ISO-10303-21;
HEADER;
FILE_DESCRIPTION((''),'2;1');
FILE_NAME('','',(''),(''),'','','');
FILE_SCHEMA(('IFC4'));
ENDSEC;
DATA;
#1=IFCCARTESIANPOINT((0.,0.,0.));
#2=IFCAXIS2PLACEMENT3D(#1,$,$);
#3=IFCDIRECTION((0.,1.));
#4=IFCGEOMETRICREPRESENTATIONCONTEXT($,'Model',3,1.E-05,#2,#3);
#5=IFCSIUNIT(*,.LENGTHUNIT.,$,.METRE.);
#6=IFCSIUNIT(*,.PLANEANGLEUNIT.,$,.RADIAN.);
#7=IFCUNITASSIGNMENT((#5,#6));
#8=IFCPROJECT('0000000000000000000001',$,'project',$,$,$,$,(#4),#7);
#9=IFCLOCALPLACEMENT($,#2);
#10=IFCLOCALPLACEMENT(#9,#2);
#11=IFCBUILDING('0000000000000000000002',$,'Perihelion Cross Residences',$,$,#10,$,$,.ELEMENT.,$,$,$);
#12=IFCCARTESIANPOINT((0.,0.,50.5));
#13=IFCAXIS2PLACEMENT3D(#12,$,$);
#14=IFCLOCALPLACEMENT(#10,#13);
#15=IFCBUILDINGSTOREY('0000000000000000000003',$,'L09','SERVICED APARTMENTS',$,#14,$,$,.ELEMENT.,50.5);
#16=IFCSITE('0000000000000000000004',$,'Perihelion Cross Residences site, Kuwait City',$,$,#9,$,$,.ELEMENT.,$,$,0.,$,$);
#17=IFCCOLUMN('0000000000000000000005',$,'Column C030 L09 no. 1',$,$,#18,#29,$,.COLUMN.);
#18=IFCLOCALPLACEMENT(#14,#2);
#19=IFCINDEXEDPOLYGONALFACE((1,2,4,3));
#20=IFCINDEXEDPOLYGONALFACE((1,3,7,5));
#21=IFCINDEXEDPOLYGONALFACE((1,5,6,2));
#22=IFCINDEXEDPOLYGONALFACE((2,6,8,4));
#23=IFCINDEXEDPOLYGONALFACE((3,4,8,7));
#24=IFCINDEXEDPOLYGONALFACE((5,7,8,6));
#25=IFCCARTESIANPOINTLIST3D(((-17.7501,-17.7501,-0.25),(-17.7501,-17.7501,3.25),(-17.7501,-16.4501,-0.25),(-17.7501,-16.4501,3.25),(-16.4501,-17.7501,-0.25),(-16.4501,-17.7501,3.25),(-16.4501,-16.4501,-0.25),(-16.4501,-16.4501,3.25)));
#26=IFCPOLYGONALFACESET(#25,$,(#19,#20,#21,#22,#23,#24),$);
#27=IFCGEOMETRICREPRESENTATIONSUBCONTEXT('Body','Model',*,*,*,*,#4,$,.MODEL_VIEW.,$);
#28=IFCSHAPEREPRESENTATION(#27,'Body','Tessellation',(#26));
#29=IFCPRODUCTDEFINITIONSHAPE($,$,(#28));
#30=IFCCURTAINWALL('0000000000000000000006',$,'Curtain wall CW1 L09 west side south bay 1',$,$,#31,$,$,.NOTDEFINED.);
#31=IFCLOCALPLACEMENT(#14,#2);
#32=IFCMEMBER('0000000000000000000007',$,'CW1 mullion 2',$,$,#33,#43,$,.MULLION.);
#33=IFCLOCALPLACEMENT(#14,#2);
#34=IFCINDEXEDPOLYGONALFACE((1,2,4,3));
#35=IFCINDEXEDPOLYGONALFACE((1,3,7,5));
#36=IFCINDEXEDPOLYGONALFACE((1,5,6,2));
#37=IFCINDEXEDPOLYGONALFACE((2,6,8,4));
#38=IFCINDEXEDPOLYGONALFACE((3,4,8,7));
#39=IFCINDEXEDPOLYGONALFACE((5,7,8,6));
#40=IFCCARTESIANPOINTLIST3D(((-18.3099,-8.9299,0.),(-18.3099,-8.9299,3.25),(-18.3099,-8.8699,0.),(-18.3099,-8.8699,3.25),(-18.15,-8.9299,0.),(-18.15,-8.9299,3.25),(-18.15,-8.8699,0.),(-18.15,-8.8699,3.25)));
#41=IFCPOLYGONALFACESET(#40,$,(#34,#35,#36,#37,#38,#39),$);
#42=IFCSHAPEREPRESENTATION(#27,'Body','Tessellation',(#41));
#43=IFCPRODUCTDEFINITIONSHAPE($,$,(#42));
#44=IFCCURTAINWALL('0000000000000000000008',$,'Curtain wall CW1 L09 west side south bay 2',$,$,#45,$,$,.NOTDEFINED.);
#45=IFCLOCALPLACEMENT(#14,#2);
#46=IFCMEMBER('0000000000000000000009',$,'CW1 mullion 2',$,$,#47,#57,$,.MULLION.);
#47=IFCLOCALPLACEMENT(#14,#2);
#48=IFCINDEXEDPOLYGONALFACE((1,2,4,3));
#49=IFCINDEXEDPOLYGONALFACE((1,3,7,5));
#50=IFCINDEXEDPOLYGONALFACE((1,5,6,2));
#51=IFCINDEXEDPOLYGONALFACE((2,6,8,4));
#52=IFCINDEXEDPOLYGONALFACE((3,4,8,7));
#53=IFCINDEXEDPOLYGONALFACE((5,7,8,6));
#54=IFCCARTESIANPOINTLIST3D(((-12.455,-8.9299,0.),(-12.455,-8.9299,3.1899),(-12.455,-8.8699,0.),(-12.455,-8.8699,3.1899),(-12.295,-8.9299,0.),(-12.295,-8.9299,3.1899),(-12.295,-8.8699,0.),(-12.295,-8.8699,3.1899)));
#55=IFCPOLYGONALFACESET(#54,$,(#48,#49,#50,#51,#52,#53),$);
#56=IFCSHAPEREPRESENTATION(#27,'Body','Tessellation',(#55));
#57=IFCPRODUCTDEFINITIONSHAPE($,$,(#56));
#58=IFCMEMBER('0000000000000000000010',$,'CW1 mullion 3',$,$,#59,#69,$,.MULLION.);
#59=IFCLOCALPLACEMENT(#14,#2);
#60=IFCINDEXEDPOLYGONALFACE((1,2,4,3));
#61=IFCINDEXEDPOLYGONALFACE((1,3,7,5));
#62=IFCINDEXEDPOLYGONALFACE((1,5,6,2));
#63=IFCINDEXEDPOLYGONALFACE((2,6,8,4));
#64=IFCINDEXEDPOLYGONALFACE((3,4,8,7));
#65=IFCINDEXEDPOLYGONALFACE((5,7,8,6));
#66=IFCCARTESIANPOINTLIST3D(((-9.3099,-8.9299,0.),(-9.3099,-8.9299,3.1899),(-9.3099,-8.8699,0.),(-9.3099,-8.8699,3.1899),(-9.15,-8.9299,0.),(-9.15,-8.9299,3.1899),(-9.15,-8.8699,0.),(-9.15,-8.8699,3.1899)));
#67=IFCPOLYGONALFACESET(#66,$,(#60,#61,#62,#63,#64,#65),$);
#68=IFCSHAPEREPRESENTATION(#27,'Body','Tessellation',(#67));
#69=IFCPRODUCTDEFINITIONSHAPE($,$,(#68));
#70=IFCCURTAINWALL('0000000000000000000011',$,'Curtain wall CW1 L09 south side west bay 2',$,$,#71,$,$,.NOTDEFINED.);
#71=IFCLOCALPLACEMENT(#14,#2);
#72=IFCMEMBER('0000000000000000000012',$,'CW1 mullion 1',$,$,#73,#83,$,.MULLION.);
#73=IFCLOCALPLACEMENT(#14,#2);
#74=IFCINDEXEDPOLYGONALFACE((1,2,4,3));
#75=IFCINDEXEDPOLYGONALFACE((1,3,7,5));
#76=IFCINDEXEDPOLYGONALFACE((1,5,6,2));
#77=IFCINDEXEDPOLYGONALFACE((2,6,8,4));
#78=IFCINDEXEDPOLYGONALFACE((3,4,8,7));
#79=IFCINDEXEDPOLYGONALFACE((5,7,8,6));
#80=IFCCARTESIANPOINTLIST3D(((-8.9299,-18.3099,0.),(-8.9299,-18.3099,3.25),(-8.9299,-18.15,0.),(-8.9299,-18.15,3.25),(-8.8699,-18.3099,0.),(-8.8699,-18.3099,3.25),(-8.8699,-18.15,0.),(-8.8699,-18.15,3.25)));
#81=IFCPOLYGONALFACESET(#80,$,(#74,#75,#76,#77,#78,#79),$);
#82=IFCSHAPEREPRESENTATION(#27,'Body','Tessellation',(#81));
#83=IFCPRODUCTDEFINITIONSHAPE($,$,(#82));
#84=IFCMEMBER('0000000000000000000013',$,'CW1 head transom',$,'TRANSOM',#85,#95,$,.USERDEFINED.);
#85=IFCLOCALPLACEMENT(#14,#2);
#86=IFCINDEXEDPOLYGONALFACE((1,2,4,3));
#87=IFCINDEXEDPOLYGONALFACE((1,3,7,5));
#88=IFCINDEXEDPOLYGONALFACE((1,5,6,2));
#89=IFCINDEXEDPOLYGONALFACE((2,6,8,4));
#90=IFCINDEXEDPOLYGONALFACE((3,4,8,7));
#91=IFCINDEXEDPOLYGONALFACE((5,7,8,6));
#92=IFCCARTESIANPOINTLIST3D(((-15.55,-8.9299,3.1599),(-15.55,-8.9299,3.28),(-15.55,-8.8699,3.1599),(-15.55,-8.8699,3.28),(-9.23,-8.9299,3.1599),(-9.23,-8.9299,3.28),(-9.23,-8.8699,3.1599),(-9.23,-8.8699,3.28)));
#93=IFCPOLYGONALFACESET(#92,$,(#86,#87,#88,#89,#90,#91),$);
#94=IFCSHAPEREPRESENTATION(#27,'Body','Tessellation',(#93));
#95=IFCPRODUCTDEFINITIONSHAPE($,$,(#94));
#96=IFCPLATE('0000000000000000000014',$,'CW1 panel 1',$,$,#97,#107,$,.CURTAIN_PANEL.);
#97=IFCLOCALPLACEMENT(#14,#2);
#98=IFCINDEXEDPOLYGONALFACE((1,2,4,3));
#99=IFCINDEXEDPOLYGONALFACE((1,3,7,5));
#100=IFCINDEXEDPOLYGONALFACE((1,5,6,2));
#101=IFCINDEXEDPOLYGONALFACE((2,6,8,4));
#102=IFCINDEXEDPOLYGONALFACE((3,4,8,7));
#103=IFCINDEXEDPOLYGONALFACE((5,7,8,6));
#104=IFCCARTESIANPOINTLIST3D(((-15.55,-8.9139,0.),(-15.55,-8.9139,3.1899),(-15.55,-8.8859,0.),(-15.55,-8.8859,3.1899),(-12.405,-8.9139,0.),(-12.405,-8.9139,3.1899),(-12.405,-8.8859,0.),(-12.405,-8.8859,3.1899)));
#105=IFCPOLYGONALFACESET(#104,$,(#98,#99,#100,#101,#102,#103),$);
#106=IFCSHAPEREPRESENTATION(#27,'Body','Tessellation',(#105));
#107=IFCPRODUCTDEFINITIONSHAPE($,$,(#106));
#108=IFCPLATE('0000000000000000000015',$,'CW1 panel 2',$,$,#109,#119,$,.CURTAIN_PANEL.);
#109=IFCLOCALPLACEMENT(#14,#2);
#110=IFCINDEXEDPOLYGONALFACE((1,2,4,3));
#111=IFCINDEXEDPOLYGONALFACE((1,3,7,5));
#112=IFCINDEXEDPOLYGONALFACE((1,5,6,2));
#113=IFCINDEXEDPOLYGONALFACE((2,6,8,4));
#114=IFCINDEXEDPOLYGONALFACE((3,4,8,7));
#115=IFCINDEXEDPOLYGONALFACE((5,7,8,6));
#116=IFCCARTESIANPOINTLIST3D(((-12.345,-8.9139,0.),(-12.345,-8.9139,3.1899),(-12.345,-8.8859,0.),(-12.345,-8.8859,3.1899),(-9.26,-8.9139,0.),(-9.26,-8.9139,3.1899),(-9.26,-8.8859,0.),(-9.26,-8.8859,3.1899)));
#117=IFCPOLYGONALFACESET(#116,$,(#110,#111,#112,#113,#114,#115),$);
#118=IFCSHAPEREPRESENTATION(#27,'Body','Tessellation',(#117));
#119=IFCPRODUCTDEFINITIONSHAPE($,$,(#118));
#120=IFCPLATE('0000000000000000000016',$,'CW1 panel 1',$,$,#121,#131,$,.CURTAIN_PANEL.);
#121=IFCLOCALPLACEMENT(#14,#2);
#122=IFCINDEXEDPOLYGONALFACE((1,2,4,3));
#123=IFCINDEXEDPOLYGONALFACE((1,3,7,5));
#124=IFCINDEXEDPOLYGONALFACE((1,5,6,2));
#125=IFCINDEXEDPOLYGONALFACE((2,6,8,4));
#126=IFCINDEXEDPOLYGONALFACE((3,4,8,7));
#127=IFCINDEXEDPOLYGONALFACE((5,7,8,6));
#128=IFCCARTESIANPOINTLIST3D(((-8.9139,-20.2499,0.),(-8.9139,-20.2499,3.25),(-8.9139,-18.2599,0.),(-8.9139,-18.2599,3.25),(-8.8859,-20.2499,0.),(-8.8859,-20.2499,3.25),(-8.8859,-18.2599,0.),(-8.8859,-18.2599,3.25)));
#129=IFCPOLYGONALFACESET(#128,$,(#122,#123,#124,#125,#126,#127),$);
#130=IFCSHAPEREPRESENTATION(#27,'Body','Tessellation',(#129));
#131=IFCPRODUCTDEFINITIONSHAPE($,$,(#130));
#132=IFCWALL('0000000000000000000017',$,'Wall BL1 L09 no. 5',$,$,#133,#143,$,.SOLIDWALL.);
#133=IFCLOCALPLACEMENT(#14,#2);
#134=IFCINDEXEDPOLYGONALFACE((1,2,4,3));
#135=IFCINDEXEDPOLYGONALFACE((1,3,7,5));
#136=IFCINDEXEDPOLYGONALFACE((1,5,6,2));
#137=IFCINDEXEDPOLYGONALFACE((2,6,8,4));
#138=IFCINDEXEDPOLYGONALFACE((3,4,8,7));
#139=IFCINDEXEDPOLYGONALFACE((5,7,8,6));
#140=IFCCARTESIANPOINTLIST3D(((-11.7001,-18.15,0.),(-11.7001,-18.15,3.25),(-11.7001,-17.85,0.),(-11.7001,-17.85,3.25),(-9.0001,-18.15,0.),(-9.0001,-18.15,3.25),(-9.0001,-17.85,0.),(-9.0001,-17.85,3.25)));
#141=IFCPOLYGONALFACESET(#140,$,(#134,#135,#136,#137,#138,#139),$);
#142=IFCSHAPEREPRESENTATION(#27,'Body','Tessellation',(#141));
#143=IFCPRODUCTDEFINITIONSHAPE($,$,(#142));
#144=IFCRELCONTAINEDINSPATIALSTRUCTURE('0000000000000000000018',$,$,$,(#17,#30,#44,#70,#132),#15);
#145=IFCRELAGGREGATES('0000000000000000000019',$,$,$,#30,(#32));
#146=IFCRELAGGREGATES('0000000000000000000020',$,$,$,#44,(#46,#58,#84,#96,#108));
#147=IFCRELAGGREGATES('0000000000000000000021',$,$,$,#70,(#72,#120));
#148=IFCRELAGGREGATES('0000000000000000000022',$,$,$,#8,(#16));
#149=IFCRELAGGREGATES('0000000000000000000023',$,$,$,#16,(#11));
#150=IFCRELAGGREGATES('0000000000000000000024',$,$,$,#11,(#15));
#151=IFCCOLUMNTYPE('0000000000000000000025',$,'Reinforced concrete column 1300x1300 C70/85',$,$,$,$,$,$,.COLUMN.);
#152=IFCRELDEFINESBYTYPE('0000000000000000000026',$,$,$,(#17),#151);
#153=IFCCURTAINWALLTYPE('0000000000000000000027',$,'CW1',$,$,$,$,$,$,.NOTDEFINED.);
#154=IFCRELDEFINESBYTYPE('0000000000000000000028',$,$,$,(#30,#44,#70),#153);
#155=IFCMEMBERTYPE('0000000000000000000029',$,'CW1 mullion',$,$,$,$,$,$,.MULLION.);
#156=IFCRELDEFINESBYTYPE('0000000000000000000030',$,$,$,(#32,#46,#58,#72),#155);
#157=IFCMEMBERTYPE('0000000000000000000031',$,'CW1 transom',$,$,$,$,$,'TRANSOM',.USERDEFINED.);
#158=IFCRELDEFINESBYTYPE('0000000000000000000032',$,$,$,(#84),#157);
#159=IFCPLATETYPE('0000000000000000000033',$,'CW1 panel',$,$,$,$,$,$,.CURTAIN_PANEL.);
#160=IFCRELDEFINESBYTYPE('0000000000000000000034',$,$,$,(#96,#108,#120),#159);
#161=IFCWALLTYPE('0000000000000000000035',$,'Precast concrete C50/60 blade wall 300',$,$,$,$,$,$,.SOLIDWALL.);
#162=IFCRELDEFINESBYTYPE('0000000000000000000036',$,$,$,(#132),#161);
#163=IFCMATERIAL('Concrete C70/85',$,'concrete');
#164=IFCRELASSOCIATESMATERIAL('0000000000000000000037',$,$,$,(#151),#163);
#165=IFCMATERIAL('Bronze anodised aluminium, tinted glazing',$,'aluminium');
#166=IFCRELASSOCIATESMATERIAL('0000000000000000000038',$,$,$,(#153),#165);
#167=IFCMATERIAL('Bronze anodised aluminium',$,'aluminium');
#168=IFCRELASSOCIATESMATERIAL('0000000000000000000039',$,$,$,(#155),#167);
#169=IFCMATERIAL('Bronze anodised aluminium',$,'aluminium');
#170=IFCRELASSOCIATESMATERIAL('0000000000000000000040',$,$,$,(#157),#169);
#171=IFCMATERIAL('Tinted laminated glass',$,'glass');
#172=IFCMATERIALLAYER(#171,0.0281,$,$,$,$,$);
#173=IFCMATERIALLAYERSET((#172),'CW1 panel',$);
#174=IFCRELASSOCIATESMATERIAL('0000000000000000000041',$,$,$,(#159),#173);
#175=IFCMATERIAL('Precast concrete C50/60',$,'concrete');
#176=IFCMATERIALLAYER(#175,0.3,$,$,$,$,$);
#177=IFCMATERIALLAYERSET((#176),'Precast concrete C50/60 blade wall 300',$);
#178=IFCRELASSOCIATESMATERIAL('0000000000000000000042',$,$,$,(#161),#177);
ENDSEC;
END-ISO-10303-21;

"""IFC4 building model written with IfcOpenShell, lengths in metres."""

from ifc_helpers import new_model, si_unit, direction, frame, frame_2d, origin, origin_2d, place, context, subcontext, project, spatial, rectangle, extrude, material, layer, layer_set, material_profile, profile_set, type_object, element, aggregate, save


model = new_model("IFC4")

# Units and contexts
model_context = context("Model", 3, precision=1e-05, world=origin(), true_north=direction((0.0, 1.0)))
body_context = subcontext(model_context, "Body", "Model", "MODEL_VIEW")
ifc_project = project(units=[si_unit("LENGTHUNIT", "METRE"), si_unit("PLANEANGLEUNIT", "RADIAN")], contexts=[model_context])

# Site, building, storey
site_placement = place(None, origin())
site = spatial("IfcSite", under=ifc_project, at=site_placement, Name="Perihelion Cross Residences site, Kuwait City", CompositionType="ELEMENT", RefElevation=0.0)
building_placement = place(site_placement, origin())
building = spatial("IfcBuilding", under=site, at=building_placement, Name="Perihelion Cross Residences", CompositionType="ELEMENT")
storey_placement = place(building_placement, frame((0.0, 0.0, 50.5)))
storey = spatial("IfcBuildingStorey", under=building, at=storey_placement, Name="L09", Description="SERVICED APARTMENTS", CompositionType="ELEMENT", Elevation=50.5)

# Column
ifc_material_1 = material(Name="Concrete C70/85", Category="concrete")
ifc_material_profile_1 = material_profile(ifc_material_1, rectangle(XDim=1.3, YDim=1.3, at=origin_2d()), Name="RC 1300x1300")
ifc_profile_set_1 = profile_set([ifc_material_profile_1], Name="Concrete C70/85")
column_type = type_object("IfcColumnType", Name="Reinforced concrete column 1300x1300 C70/85", PredefinedType="COLUMN", material=ifc_profile_set_1)
column_placement = place(storey_placement, frame((-17.1001, -17.1001, -0.25), z_axis=(0.0, 0.0, 1.0), x_axis=(1.0, 0.0, 0.0)))
element("IfcColumn", 1, at=column_placement, inside=storey, type_object=column_type, Name="Column C030 L09 no. 1", PredefinedType="COLUMN", context=body_context, shape_type="SweptSolid", body=[
    extrude(rectangle(XDim=1.3, YDim=1.3, at=origin_2d()), origin(), (0.0, 0.0, 1.0), 3.5),
])

# Curtain wall, member
ifc_material_2 = material(Name="Bronze anodised aluminium, tinted glazing", Category="aluminium")
curtain_wall_type = type_object("IfcCurtainWallType", Name="CW1", PredefinedType="NOTDEFINED", material=ifc_material_2)
curtain_wall_1_placement = place(storey_placement, origin())
curtain_wall_1 = element("IfcCurtainWall", 2, at=curtain_wall_1_placement, inside=storey, type_object=curtain_wall_type, Name="Curtain wall CW1 L09 west side south bay 1", PredefinedType="NOTDEFINED")
ifc_material_3 = material(Name="Bronze anodised aluminium", Category="aluminium")
ifc_material_profile_2 = material_profile(ifc_material_3, rectangle(XDim=0.0601, YDim=0.1599, at=origin_2d()), Name="CW1 mullion")
ifc_profile_set_2 = profile_set([ifc_material_profile_2], Name="Bronze anodised aluminium")
member_type_1 = type_object("IfcMemberType", Name="CW1 mullion", PredefinedType="MULLION", material=ifc_profile_set_2)
member_1_placement = place(storey_placement, frame((-18.23, -8.8999, 0.0), z_axis=(0.0, 0.0, 1.0), x_axis=(0.0, 1.0, 0.0)))
member_1 = element("IfcMember", 3, at=member_1_placement, type_object=member_type_1, Name="CW1 mullion 2", PredefinedType="MULLION", context=body_context, shape_type="SweptSolid", body=[
    extrude(rectangle(XDim=0.0601, YDim=0.1599, at=origin_2d()), origin(), (0.0, 0.0, 1.0), 3.25),
])
aggregate(curtain_wall_1, [member_1])

# Curtain wall, members
curtain_wall_2_placement = place(storey_placement, origin())
curtain_wall_2 = element("IfcCurtainWall", 4, at=curtain_wall_2_placement, inside=storey, type_object=curtain_wall_type, Name="Curtain wall CW1 L09 west side south bay 2", PredefinedType="NOTDEFINED")
member_2_placement = place(storey_placement, frame((-12.375, -8.8999, 0.0), z_axis=(0.0, 0.0, 1.0), x_axis=(0.0, 1.0, 0.0)))
member_2 = element("IfcMember", 5, at=member_2_placement, type_object=member_type_1, Name="CW1 mullion 2", PredefinedType="MULLION", context=body_context, shape_type="SweptSolid", body=[
    extrude(rectangle(XDim=0.0601, YDim=0.1599, at=origin_2d()), origin(), (0.0, 0.0, 1.0), 3.1899),
])
member_3_placement = place(storey_placement, frame((-9.23, -8.8999, 0.0), z_axis=(0.0, 0.0, 1.0), x_axis=(0.0, 1.0, 0.0)))
member_3 = element("IfcMember", 6, at=member_3_placement, type_object=member_type_1, Name="CW1 mullion 3", PredefinedType="MULLION", context=body_context, shape_type="SweptSolid", body=[
    extrude(rectangle(XDim=0.0601, YDim=0.1599, at=origin_2d()), origin(), (0.0, 0.0, 1.0), 3.1899),
])

# Curtain wall, member
curtain_wall_3_placement = place(storey_placement, origin())
curtain_wall_3 = element("IfcCurtainWall", 7, at=curtain_wall_3_placement, inside=storey, type_object=curtain_wall_type, Name="Curtain wall CW1 L09 south side west bay 2", PredefinedType="NOTDEFINED")
member_4_placement = place(storey_placement, frame((-8.8999, -18.23, 0.0), z_axis=(0.0, 0.0, 1.0), x_axis=(1.0, 0.0, 0.0)))
member_4 = element("IfcMember", 8, at=member_4_placement, type_object=member_type_1, Name="CW1 mullion 1", PredefinedType="MULLION", context=body_context, shape_type="SweptSolid", body=[
    extrude(rectangle(XDim=0.0601, YDim=0.1599, at=origin_2d()), origin(), (0.0, 0.0, 1.0), 3.25),
])

# Member
ifc_material_4 = material(Name="Bronze anodised aluminium", Category="aluminium")
ifc_material_profile_3 = material_profile(ifc_material_4, rectangle(XDim=0.0601, YDim=0.1201, at=origin_2d()), Name="CW1 transom")
ifc_profile_set_3 = profile_set([ifc_material_profile_3], Name="Bronze anodised aluminium")
member_type_2 = type_object("IfcMemberType", Name="CW1 transom", ElementType="TRANSOM", PredefinedType="USERDEFINED", material=ifc_profile_set_3)
member_5_placement = place(storey_placement, frame((-15.55, -8.8999, 3.22), z_axis=(1.0, 0.0, 0.0), x_axis=(0.0, 1.0, 0.0)))
member_5 = element("IfcMember", 9, at=member_5_placement, type_object=member_type_2, Name="CW1 head transom", ObjectType="TRANSOM", PredefinedType="USERDEFINED", context=body_context, shape_type="SweptSolid", body=[
    extrude(rectangle(XDim=0.0601, YDim=0.1201, at=origin_2d()), origin(), (0.0, 0.0, 1.0), 6.3201),
])

# Plates
ifc_material_5 = material(Name="Tinted laminated glass", Category="glass")
ifc_layer_1 = layer(ifc_material_5, 0.0281)
ifc_layer_set_1 = layer_set([ifc_layer_1], Name="CW1 panel")
plate_type = type_object("IfcPlateType", Name="CW1 panel", PredefinedType="CURTAIN_PANEL", material=ifc_layer_set_1)
plate_1_placement = place(storey_placement, frame((-13.9775, -8.8999, 0.0), z_axis=(0.0, 0.0, 1.0), x_axis=(1.0, 0.0, 0.0)))
plate_1 = element("IfcPlate", 10, at=plate_1_placement, type_object=plate_type, Name="CW1 panel 1", PredefinedType="CURTAIN_PANEL", context=body_context, shape_type="SweptSolid", body=[
    extrude(rectangle(XDim=3.145, YDim=0.0281, at=origin_2d()), origin(), (0.0, 0.0, 1.0), 3.1899),
])
plate_2_placement = place(storey_placement, frame((-10.8025, -8.8999, 0.0), z_axis=(0.0, 0.0, 1.0), x_axis=(1.0, 0.0, 0.0)))
plate_2 = element("IfcPlate", 11, at=plate_2_placement, type_object=plate_type, Name="CW1 panel 2", PredefinedType="CURTAIN_PANEL", context=body_context, shape_type="SweptSolid", body=[
    extrude(rectangle(XDim=3.085, YDim=0.0281, at=origin_2d()), origin(), (0.0, 0.0, 1.0), 3.1899),
])
aggregate(curtain_wall_2, [member_2, member_3, member_5, plate_1, plate_2])
plate_3_placement = place(storey_placement, frame((-8.8999, -19.2549, 0.0), z_axis=(0.0, 0.0, 1.0), x_axis=(0.0, -1.0, 0.0)))
plate_3 = element("IfcPlate", 12, at=plate_3_placement, type_object=plate_type, Name="CW1 panel 1", PredefinedType="CURTAIN_PANEL", context=body_context, shape_type="SweptSolid", body=[
    extrude(rectangle(XDim=1.99, YDim=0.0281, at=origin_2d()), origin(), (0.0, 0.0, 1.0), 3.25),
])
aggregate(curtain_wall_3, [member_4, plate_3])

# Wall
ifc_material_6 = material(Name="Precast concrete C50/60", Category="concrete")
ifc_layer_2 = layer(ifc_material_6, 0.3)
ifc_layer_set_2 = layer_set([ifc_layer_2], Name="Precast concrete C50/60 blade wall 300")
wall_type = type_object("IfcWallType", Name="Precast concrete C50/60 blade wall 300", PredefinedType="SOLIDWALL", material=ifc_layer_set_2)
wall_placement = place(storey_placement, frame((-9.0, -18.0, 0.0), z_axis=(0.0, 0.0, 1.0), x_axis=(-1.0, 0.0, 0.0)))
element("IfcWall", 13, at=wall_placement, inside=storey, type_object=wall_type, Name="Wall BL1 L09 no. 5", PredefinedType="SOLIDWALL", context=body_context, shape_type="SweptSolid", body=[
    extrude(rectangle(XDim=2.7, YDim=0.3, at=frame_2d((1.3501, 0.0))), origin(), (0.0, 0.0, 1.0), 3.25),
])

save(model, "model.ifc")
